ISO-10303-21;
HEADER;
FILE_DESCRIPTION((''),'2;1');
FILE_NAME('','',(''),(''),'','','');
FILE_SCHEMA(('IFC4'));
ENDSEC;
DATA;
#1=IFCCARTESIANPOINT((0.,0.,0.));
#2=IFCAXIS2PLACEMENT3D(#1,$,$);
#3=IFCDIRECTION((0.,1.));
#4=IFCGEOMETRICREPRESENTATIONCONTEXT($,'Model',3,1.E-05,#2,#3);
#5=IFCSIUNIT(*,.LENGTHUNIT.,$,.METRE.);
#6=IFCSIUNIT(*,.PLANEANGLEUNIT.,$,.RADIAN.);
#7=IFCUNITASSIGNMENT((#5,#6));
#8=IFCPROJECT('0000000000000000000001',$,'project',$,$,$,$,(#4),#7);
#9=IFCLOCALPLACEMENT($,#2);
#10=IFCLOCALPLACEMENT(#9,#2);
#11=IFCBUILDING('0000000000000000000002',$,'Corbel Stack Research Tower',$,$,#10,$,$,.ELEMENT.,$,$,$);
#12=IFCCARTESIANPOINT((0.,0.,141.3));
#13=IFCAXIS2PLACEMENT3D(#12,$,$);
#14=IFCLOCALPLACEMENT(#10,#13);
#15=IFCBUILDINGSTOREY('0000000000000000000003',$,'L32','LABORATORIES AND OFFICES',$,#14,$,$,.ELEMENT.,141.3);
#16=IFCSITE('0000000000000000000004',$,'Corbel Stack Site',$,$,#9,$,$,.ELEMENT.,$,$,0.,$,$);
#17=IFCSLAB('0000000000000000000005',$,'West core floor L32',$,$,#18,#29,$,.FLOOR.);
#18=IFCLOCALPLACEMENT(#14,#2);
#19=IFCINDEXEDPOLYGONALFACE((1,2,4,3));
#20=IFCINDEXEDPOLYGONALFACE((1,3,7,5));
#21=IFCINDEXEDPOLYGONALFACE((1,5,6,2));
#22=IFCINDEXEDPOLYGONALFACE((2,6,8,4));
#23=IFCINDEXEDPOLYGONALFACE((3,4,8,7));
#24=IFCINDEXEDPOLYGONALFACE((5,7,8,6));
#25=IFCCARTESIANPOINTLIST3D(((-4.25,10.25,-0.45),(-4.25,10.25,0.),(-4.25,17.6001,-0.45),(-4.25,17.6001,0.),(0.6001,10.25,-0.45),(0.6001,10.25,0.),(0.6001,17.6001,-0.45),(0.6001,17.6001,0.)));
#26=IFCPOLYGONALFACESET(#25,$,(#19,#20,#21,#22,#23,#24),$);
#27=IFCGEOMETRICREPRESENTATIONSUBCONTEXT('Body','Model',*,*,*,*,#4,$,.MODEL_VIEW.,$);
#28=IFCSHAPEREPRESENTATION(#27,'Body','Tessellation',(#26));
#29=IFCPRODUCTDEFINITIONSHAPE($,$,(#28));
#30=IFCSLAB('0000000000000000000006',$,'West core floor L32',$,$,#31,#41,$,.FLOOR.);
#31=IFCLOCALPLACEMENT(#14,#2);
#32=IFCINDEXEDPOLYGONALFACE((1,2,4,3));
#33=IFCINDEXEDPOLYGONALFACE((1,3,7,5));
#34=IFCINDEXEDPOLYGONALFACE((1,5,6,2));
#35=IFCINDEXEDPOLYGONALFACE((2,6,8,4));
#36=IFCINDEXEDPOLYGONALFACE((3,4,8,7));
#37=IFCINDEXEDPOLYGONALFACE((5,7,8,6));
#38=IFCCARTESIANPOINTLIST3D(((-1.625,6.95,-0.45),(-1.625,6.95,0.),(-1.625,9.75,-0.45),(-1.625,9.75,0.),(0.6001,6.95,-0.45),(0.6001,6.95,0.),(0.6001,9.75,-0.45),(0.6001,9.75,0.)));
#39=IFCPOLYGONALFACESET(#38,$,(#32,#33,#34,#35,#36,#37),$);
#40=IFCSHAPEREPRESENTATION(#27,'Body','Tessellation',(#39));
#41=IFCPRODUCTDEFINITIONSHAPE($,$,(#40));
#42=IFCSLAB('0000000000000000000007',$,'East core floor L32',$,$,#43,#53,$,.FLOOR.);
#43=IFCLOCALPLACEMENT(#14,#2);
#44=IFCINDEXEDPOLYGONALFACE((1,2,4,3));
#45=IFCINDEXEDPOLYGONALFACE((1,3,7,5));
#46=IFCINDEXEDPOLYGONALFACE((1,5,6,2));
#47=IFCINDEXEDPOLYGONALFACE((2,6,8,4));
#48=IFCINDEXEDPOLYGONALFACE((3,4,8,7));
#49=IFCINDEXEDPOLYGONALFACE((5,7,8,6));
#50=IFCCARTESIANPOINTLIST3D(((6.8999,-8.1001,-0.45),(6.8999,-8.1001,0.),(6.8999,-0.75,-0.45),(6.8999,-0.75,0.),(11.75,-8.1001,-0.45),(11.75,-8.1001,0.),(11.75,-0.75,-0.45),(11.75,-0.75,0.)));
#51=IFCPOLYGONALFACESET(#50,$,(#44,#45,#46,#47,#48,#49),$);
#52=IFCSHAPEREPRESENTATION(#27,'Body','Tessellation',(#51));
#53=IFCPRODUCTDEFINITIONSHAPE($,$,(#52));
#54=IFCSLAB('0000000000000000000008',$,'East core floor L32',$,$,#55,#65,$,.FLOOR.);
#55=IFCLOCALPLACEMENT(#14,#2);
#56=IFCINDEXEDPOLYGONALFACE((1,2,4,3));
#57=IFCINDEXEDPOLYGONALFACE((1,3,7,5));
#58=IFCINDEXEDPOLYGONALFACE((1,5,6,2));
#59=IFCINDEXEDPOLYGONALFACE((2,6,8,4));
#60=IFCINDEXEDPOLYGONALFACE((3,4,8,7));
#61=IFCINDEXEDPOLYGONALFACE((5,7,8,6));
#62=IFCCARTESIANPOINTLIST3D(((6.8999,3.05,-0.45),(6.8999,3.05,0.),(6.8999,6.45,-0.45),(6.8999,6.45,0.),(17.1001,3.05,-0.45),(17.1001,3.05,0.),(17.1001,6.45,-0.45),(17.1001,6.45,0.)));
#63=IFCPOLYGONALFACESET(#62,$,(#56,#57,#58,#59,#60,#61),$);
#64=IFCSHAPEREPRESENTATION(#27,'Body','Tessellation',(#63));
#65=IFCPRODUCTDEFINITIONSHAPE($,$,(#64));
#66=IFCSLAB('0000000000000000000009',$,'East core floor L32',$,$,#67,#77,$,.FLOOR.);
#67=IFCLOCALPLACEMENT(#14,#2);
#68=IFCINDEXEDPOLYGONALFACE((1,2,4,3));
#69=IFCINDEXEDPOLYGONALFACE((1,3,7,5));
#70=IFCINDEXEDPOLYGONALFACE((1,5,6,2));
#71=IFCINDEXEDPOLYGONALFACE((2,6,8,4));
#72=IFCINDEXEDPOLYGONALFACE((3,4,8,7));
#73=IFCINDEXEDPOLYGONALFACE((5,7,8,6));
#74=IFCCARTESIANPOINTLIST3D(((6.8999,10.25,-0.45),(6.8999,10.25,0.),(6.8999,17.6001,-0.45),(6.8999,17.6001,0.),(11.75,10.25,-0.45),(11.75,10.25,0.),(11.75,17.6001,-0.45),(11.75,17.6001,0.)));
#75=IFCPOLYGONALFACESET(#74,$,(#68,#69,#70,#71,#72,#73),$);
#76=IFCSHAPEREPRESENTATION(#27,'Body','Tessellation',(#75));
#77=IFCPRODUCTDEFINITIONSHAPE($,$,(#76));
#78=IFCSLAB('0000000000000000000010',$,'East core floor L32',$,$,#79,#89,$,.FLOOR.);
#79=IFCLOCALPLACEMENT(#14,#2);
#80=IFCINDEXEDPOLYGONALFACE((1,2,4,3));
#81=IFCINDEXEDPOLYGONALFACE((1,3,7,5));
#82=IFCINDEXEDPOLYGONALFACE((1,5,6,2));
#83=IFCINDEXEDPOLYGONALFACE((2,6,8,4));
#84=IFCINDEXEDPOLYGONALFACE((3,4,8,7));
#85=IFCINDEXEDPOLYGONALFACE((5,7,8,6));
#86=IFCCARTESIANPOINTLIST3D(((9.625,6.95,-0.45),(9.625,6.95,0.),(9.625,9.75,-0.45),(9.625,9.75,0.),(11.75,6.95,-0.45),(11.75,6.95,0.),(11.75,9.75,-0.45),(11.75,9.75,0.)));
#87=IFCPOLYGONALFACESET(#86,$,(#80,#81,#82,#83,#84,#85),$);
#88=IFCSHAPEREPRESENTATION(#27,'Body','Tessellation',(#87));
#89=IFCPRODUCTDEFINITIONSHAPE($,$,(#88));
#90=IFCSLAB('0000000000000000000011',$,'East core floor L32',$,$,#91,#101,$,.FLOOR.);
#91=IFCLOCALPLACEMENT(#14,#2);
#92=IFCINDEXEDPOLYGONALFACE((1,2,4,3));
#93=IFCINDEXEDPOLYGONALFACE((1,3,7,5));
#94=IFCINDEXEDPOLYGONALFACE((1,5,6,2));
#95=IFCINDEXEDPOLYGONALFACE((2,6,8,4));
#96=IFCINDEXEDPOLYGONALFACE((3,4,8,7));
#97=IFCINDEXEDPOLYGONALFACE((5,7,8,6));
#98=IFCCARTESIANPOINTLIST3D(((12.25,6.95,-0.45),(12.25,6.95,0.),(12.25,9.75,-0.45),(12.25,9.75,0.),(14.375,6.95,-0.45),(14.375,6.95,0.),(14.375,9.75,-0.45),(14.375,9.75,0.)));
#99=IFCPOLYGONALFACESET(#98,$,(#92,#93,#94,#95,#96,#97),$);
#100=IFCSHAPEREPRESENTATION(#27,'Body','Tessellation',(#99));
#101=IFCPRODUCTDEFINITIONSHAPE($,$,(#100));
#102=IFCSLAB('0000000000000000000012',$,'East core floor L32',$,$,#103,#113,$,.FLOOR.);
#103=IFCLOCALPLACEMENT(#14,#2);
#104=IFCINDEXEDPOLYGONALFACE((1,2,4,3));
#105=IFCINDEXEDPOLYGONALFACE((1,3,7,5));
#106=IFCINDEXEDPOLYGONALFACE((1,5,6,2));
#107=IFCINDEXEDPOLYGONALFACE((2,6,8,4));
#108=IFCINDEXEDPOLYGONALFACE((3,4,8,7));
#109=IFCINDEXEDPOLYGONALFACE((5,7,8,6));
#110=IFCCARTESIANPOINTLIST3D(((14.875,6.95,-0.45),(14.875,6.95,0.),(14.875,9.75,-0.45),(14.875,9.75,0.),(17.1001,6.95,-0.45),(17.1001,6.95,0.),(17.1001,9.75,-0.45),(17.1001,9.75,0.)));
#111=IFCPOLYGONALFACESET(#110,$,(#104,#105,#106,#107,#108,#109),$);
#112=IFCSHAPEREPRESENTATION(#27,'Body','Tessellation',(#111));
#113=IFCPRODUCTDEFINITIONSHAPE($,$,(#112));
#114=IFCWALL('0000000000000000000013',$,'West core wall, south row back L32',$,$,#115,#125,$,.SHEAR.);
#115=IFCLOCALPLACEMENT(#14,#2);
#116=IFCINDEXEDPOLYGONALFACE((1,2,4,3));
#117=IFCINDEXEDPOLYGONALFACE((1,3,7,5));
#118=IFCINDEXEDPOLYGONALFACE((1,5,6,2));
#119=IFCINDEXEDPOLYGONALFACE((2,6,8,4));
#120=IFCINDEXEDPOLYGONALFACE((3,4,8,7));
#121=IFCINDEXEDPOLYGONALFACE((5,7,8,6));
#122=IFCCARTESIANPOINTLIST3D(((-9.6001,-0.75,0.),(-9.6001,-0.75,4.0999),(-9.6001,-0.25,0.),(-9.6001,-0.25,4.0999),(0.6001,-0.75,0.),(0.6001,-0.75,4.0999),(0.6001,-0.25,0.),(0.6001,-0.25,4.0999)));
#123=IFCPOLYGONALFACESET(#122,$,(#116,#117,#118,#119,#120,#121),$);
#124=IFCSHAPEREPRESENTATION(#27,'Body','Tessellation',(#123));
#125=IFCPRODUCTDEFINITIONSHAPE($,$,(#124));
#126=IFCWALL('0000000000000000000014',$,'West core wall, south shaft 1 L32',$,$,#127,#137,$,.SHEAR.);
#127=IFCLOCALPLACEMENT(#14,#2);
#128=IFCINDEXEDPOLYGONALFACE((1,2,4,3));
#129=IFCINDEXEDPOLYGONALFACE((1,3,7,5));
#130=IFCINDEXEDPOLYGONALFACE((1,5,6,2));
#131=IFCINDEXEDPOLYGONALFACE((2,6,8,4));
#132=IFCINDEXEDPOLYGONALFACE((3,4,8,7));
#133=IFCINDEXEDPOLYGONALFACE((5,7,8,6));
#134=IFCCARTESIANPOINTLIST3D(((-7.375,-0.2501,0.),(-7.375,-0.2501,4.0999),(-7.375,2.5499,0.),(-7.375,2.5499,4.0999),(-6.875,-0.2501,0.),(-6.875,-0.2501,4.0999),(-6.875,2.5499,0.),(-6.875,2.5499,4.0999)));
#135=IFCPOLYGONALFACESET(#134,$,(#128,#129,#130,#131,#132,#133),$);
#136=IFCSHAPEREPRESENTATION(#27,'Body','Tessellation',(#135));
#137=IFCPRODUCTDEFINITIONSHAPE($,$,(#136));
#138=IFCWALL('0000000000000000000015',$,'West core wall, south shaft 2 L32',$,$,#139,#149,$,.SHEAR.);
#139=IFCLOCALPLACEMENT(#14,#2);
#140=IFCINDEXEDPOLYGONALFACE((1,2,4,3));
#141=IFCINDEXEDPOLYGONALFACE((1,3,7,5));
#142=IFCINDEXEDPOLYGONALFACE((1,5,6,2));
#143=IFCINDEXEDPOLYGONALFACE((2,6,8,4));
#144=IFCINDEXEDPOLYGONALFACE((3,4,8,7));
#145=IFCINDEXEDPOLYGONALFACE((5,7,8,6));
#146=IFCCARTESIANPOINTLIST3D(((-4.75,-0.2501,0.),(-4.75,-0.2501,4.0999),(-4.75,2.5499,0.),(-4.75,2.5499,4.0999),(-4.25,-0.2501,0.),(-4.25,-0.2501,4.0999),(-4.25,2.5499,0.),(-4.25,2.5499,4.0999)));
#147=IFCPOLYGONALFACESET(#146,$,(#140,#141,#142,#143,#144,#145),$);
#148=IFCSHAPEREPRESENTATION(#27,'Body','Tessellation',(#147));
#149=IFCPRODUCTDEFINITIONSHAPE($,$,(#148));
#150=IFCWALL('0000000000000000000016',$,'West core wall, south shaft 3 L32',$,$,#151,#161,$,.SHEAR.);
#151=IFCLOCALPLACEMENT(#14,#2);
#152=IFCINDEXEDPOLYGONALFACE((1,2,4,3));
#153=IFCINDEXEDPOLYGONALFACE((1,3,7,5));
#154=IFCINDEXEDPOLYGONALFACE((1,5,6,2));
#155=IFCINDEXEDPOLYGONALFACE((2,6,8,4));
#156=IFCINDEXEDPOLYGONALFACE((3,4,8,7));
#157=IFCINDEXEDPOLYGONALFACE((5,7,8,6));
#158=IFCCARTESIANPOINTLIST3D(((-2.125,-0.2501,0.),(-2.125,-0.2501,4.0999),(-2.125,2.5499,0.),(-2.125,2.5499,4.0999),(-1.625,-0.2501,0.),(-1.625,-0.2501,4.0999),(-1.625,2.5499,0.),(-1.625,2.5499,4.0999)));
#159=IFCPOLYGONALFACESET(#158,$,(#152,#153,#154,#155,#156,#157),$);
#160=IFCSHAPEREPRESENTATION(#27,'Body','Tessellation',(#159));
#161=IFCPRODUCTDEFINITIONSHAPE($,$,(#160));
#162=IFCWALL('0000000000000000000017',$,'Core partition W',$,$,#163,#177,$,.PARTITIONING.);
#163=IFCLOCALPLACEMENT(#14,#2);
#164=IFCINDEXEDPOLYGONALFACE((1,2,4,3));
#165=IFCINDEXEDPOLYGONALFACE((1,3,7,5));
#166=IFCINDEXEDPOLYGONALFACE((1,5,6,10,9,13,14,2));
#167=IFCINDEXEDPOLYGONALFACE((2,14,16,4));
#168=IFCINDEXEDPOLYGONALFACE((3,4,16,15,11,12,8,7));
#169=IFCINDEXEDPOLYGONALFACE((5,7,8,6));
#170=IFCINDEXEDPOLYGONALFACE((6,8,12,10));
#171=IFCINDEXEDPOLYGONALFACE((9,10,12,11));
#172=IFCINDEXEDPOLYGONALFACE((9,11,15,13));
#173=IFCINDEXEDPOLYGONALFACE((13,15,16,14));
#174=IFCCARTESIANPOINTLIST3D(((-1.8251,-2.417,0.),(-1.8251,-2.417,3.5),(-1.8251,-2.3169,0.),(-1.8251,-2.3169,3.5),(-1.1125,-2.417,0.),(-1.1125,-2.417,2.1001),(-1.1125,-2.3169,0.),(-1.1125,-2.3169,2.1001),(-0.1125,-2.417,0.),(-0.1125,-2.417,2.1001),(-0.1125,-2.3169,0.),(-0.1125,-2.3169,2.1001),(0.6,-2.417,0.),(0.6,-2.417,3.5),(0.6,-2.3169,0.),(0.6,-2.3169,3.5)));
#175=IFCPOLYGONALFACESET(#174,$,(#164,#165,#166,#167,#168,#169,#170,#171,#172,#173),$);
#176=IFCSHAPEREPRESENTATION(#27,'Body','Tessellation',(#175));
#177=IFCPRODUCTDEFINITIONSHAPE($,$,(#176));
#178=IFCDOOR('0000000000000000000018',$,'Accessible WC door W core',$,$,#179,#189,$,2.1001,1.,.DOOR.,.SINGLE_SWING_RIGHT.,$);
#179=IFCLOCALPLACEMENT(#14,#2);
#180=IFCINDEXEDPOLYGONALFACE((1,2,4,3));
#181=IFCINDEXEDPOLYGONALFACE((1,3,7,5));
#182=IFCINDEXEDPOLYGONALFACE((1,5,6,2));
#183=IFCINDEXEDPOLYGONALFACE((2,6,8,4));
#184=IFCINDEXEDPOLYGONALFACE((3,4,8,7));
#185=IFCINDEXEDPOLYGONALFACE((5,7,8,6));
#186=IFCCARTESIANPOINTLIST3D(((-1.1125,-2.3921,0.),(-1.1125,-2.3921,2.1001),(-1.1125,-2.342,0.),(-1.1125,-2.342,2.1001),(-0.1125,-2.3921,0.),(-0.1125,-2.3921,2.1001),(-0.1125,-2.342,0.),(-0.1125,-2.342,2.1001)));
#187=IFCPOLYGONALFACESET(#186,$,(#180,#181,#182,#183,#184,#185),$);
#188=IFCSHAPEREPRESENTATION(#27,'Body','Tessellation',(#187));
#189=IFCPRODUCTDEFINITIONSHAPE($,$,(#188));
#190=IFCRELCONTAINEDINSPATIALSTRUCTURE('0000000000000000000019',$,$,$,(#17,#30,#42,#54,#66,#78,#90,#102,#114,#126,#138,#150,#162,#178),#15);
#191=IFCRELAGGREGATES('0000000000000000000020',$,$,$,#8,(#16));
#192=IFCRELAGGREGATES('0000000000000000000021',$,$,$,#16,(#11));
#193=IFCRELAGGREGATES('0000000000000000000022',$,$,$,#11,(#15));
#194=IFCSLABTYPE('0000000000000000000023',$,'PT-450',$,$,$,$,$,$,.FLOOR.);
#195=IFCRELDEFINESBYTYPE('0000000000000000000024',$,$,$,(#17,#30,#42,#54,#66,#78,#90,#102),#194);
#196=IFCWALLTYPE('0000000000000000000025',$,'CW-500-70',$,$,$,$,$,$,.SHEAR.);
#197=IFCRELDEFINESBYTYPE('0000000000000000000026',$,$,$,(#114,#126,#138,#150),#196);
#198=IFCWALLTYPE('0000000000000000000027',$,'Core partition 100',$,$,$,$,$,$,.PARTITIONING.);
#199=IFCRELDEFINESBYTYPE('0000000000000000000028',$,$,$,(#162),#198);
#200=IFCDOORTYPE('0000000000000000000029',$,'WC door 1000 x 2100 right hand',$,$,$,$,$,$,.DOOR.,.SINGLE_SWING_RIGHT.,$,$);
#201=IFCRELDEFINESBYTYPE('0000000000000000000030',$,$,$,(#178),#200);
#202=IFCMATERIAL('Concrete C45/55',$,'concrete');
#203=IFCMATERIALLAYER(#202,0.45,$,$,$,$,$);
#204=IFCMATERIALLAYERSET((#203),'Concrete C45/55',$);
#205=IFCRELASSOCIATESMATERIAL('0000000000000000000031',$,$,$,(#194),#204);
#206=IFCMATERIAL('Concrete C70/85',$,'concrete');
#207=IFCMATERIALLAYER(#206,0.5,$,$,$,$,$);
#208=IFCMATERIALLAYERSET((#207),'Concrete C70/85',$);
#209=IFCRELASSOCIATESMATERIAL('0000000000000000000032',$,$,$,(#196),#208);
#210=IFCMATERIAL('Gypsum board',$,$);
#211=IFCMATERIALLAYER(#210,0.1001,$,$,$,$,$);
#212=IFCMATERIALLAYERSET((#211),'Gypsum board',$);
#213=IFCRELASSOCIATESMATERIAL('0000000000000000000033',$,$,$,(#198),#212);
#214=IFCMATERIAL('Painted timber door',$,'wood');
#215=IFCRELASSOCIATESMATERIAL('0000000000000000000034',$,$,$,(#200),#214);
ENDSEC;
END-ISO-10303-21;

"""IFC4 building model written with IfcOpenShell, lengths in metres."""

from ifc_helpers import new_model, si_unit, direction, frame, frame_2d, origin, place, context, subcontext, project, spatial, polyline, rectangle, outline, extrude, material, layer, layer_set, type_object, element, fill, save


model = new_model("IFC4")

# Units and contexts
model_context = context("Model", 3, precision=1e-05, world=origin(), true_north=direction((0.0, 1.0)))
body_context = subcontext(model_context, "Body", "Model", "MODEL_VIEW")
ifc_project = project(units=[si_unit("LENGTHUNIT", "METRE"), si_unit("PLANEANGLEUNIT", "RADIAN")], contexts=[model_context])

# Site, building, storey
site_placement = place(None, origin())
site = spatial("IfcSite", under=ifc_project, at=site_placement, Name="Corbel Stack Site", CompositionType="ELEMENT", RefElevation=0.0)
building_placement = place(site_placement, origin())
building = spatial("IfcBuilding", under=site, at=building_placement, Name="Corbel Stack Research Tower", CompositionType="ELEMENT")
storey_placement = place(building_placement, frame((0.0, 0.0, 141.3)))
storey = spatial("IfcBuildingStorey", under=building, at=storey_placement, Name="L32", Description="LABORATORIES AND OFFICES", CompositionType="ELEMENT", Elevation=141.3)

# Slabs
ifc_material_1 = material(Name="Concrete C45/55", Category="concrete")
ifc_layer_1 = layer(ifc_material_1, 0.45)
ifc_layer_set_1 = layer_set([ifc_layer_1], Name="Concrete C45/55")
slab_type = type_object("IfcSlabType", Name="PT-450", PredefinedType="FLOOR", material=ifc_layer_set_1)
slab_1_placement = place(storey_placement, frame((0.0, 0.0, -0.45)))
element("IfcSlab", 1, at=slab_1_placement, inside=storey, type_object=slab_type, Name="West core floor L32", PredefinedType="FLOOR", context=body_context, shape_type="SweptSolid", body=[
    extrude(outline(polyline([(0.6001, 17.6001), (-4.25, 17.6001), (-4.25, 10.25), (0.6001, 10.25), (0.6001, 17.6001)])), origin(), (0.0, 0.0, 1.0), 0.45),
])
slab_2_placement = place(storey_placement, frame((0.0, 0.0, -0.45)))
element("IfcSlab", 2, at=slab_2_placement, inside=storey, type_object=slab_type, Name="West core floor L32", PredefinedType="FLOOR", context=body_context, shape_type="SweptSolid", body=[
    extrude(outline(polyline([(0.6001, 9.75), (-1.625, 9.75), (-1.625, 6.95), (0.6001, 6.95), (0.6001, 9.75)])), origin(), (0.0, 0.0, 1.0), 0.45),
])
slab_3_placement = place(storey_placement, frame((0.0, 0.0, -0.45)))
element("IfcSlab", 3, at=slab_3_placement, inside=storey, type_object=slab_type, Name="East core floor L32", PredefinedType="FLOOR", context=body_context, shape_type="SweptSolid", body=[
    extrude(outline(polyline([(11.75, -0.75), (6.8999, -0.75), (6.8999, -8.1001), (11.75, -8.1001), (11.75, -0.75)])), origin(), (0.0, 0.0, 1.0), 0.45),
])
slab_4_placement = place(storey_placement, frame((0.0, 0.0, -0.45)))
element("IfcSlab", 4, at=slab_4_placement, inside=storey, type_object=slab_type, Name="East core floor L32", PredefinedType="FLOOR", context=body_context, shape_type="SweptSolid", body=[
    extrude(outline(polyline([(6.8999, 6.45), (6.8999, 3.05), (17.1001, 3.05), (17.1001, 6.45), (6.8999, 6.45)])), origin(), (0.0, 0.0, 1.0), 0.45),
])
slab_5_placement = place(storey_placement, frame((0.0, 0.0, -0.45)))
element("IfcSlab", 5, at=slab_5_placement, inside=storey, type_object=slab_type, Name="East core floor L32", PredefinedType="FLOOR", context=body_context, shape_type="SweptSolid", body=[
    extrude(outline(polyline([(6.8999, 17.6001), (6.8999, 10.25), (11.75, 10.25), (11.75, 17.6001), (6.8999, 17.6001)])), origin(), (0.0, 0.0, 1.0), 0.45),
])
slab_6_placement = place(storey_placement, frame((0.0, 0.0, -0.45)))
element("IfcSlab", 6, at=slab_6_placement, inside=storey, type_object=slab_type, Name="East core floor L32", PredefinedType="FLOOR", context=body_context, shape_type="SweptSolid", body=[
    extrude(outline(polyline([(9.625, 6.95), (11.75, 6.95), (11.75, 9.75), (9.625, 9.75), (9.625, 6.95)])), origin(), (0.0, 0.0, 1.0), 0.45),
])
slab_7_placement = place(storey_placement, frame((0.0, 0.0, -0.45)))
element("IfcSlab", 7, at=slab_7_placement, inside=storey, type_object=slab_type, Name="East core floor L32", PredefinedType="FLOOR", context=body_context, shape_type="SweptSolid", body=[
    extrude(outline(polyline([(14.375, 6.95), (14.375, 9.75), (12.25, 9.75), (12.25, 6.95), (14.375, 6.95)])), origin(), (0.0, 0.0, 1.0), 0.45),
])
slab_8_placement = place(storey_placement, frame((0.0, 0.0, -0.45)))
element("IfcSlab", 8, at=slab_8_placement, inside=storey, type_object=slab_type, Name="East core floor L32", PredefinedType="FLOOR", context=body_context, shape_type="SweptSolid", body=[
    extrude(outline(polyline([(17.1001, 6.95), (17.1001, 9.75), (14.875, 9.75), (14.875, 6.95), (17.1001, 6.95)])), origin(), (0.0, 0.0, 1.0), 0.45),
])

# Walls
ifc_material_2 = material(Name="Concrete C70/85", Category="concrete")
ifc_layer_2 = layer(ifc_material_2, 0.5)
ifc_layer_set_2 = layer_set([ifc_layer_2], Name="Concrete C70/85")
wall_type_1 = type_object("IfcWallType", Name="CW-500-70", PredefinedType="SHEAR", material=ifc_layer_set_2)
wall_1_placement = place(storey_placement, frame((-9.6001, -0.5, 0.0), z_axis=(0.0, 0.0, 1.0), x_axis=(1.0, 0.0, 0.0)))
element("IfcWall", 9, at=wall_1_placement, inside=storey, type_object=wall_type_1, Name="West core wall, south row back L32", PredefinedType="SHEAR", context=body_context, shape_type="SweptSolid", body=[
    extrude(rectangle(XDim=10.2002, YDim=0.5, at=frame_2d((5.1001, 0.0))), origin(), (0.0, 0.0, 1.0), 4.0999),
])
for number, where, z_axis, x_axis, name in (
    (10, (-7.125, -0.25, 0.0), (0.0, 0.0, 1.0), (0.0, 1.0, 0.0), "West core wall, south shaft 1 L32"),
    (11, (-4.5, -0.25, 0.0), (0.0, 0.0, 1.0), (0.0, 1.0, 0.0), "West core wall, south shaft 2 L32"),
    (12, (-1.875, -0.25, 0.0), (0.0, 0.0, 1.0), (0.0, 1.0, 0.0), "West core wall, south shaft 3 L32"),
):
    element("IfcWall", number, at=place(storey_placement, frame(where, z_axis=z_axis, x_axis=x_axis)), inside=storey, type_object=wall_type_1, Name=name, PredefinedType="SHEAR", context=body_context, shape_type="SweptSolid", body=[
        extrude(rectangle(XDim=2.8, YDim=0.5, at=frame_2d((1.3999, 0.0))), origin(), (0.0, 0.0, 1.0), 4.0999),
    ])

# Wall, opening, door
ifc_material_3 = material(Name="Gypsum board")
ifc_layer_3 = layer(ifc_material_3, 0.1001)
ifc_layer_set_3 = layer_set([ifc_layer_3], Name="Gypsum board")
wall_type_2 = type_object("IfcWallType", Name="Core partition 100", PredefinedType="PARTITIONING", material=ifc_layer_set_3)
wall_2_placement = place(storey_placement, frame((-1.825, -2.3669, 0.0), z_axis=(0.0, 0.0, 1.0), x_axis=(1.0, 0.0, 0.0)))
wall_2 = element("IfcWall", 13, at=wall_2_placement, inside=storey, type_object=wall_type_2, Name="Core partition W", PredefinedType="PARTITIONING", context=body_context, shape_type="SweptSolid", body=[
    extrude(rectangle(XDim=2.425, YDim=0.1001, at=frame_2d((1.2124, 0.0))), origin(), (0.0, 0.0, 1.0), 3.5),
])
opening_1_placement = place(wall_2_placement, frame((0.7124, 0.0, 0.0)))
opening_1 = element("IfcOpeningElement", 14, at=opening_1_placement, cuts=wall_2, PredefinedType="OPENING", context=body_context, shape_type="SweptSolid", body=[
    extrude(rectangle(XDim=1.0, YDim=2.1001, at=frame_2d((0.5, 1.05))), frame((0.0, 0.0601, 0.0), z_axis=(0.0, -1.0, 0.0), x_axis=(1.0, 0.0, 0.0)), (0.0, 0.0, 1.0), 0.1201),
])
ifc_material_4 = material(Name="Painted timber door", Category="wood")
door_type_1 = type_object("IfcDoorType", Name="WC door 1000 x 2100 right hand", OperationType="SINGLE_SWING_RIGHT", PredefinedType="DOOR", material=ifc_material_4)
door_1_placement = place(opening_1_placement, origin())
door_1 = element("IfcDoor", 15, at=door_1_placement, inside=storey, type_object=door_type_1, Name="Accessible WC door W core", OperationType="SINGLE_SWING_RIGHT", OverallHeight=2.1001, OverallWidth=1.0, PredefinedType="DOOR", context=body_context, shape_type="SweptSolid", body=[
    extrude(rectangle(XDim=1.0, YDim=2.1001, at=frame_2d((0.5, 1.05))), frame((0.0, 0.0249, 0.0), z_axis=(0.0, -1.0, 0.0), x_axis=(1.0, 0.0, 0.0)), (0.0, 0.0, 1.0), 0.05),
])
fill(opening_1, door_1)

save(model, "model.ifc")
